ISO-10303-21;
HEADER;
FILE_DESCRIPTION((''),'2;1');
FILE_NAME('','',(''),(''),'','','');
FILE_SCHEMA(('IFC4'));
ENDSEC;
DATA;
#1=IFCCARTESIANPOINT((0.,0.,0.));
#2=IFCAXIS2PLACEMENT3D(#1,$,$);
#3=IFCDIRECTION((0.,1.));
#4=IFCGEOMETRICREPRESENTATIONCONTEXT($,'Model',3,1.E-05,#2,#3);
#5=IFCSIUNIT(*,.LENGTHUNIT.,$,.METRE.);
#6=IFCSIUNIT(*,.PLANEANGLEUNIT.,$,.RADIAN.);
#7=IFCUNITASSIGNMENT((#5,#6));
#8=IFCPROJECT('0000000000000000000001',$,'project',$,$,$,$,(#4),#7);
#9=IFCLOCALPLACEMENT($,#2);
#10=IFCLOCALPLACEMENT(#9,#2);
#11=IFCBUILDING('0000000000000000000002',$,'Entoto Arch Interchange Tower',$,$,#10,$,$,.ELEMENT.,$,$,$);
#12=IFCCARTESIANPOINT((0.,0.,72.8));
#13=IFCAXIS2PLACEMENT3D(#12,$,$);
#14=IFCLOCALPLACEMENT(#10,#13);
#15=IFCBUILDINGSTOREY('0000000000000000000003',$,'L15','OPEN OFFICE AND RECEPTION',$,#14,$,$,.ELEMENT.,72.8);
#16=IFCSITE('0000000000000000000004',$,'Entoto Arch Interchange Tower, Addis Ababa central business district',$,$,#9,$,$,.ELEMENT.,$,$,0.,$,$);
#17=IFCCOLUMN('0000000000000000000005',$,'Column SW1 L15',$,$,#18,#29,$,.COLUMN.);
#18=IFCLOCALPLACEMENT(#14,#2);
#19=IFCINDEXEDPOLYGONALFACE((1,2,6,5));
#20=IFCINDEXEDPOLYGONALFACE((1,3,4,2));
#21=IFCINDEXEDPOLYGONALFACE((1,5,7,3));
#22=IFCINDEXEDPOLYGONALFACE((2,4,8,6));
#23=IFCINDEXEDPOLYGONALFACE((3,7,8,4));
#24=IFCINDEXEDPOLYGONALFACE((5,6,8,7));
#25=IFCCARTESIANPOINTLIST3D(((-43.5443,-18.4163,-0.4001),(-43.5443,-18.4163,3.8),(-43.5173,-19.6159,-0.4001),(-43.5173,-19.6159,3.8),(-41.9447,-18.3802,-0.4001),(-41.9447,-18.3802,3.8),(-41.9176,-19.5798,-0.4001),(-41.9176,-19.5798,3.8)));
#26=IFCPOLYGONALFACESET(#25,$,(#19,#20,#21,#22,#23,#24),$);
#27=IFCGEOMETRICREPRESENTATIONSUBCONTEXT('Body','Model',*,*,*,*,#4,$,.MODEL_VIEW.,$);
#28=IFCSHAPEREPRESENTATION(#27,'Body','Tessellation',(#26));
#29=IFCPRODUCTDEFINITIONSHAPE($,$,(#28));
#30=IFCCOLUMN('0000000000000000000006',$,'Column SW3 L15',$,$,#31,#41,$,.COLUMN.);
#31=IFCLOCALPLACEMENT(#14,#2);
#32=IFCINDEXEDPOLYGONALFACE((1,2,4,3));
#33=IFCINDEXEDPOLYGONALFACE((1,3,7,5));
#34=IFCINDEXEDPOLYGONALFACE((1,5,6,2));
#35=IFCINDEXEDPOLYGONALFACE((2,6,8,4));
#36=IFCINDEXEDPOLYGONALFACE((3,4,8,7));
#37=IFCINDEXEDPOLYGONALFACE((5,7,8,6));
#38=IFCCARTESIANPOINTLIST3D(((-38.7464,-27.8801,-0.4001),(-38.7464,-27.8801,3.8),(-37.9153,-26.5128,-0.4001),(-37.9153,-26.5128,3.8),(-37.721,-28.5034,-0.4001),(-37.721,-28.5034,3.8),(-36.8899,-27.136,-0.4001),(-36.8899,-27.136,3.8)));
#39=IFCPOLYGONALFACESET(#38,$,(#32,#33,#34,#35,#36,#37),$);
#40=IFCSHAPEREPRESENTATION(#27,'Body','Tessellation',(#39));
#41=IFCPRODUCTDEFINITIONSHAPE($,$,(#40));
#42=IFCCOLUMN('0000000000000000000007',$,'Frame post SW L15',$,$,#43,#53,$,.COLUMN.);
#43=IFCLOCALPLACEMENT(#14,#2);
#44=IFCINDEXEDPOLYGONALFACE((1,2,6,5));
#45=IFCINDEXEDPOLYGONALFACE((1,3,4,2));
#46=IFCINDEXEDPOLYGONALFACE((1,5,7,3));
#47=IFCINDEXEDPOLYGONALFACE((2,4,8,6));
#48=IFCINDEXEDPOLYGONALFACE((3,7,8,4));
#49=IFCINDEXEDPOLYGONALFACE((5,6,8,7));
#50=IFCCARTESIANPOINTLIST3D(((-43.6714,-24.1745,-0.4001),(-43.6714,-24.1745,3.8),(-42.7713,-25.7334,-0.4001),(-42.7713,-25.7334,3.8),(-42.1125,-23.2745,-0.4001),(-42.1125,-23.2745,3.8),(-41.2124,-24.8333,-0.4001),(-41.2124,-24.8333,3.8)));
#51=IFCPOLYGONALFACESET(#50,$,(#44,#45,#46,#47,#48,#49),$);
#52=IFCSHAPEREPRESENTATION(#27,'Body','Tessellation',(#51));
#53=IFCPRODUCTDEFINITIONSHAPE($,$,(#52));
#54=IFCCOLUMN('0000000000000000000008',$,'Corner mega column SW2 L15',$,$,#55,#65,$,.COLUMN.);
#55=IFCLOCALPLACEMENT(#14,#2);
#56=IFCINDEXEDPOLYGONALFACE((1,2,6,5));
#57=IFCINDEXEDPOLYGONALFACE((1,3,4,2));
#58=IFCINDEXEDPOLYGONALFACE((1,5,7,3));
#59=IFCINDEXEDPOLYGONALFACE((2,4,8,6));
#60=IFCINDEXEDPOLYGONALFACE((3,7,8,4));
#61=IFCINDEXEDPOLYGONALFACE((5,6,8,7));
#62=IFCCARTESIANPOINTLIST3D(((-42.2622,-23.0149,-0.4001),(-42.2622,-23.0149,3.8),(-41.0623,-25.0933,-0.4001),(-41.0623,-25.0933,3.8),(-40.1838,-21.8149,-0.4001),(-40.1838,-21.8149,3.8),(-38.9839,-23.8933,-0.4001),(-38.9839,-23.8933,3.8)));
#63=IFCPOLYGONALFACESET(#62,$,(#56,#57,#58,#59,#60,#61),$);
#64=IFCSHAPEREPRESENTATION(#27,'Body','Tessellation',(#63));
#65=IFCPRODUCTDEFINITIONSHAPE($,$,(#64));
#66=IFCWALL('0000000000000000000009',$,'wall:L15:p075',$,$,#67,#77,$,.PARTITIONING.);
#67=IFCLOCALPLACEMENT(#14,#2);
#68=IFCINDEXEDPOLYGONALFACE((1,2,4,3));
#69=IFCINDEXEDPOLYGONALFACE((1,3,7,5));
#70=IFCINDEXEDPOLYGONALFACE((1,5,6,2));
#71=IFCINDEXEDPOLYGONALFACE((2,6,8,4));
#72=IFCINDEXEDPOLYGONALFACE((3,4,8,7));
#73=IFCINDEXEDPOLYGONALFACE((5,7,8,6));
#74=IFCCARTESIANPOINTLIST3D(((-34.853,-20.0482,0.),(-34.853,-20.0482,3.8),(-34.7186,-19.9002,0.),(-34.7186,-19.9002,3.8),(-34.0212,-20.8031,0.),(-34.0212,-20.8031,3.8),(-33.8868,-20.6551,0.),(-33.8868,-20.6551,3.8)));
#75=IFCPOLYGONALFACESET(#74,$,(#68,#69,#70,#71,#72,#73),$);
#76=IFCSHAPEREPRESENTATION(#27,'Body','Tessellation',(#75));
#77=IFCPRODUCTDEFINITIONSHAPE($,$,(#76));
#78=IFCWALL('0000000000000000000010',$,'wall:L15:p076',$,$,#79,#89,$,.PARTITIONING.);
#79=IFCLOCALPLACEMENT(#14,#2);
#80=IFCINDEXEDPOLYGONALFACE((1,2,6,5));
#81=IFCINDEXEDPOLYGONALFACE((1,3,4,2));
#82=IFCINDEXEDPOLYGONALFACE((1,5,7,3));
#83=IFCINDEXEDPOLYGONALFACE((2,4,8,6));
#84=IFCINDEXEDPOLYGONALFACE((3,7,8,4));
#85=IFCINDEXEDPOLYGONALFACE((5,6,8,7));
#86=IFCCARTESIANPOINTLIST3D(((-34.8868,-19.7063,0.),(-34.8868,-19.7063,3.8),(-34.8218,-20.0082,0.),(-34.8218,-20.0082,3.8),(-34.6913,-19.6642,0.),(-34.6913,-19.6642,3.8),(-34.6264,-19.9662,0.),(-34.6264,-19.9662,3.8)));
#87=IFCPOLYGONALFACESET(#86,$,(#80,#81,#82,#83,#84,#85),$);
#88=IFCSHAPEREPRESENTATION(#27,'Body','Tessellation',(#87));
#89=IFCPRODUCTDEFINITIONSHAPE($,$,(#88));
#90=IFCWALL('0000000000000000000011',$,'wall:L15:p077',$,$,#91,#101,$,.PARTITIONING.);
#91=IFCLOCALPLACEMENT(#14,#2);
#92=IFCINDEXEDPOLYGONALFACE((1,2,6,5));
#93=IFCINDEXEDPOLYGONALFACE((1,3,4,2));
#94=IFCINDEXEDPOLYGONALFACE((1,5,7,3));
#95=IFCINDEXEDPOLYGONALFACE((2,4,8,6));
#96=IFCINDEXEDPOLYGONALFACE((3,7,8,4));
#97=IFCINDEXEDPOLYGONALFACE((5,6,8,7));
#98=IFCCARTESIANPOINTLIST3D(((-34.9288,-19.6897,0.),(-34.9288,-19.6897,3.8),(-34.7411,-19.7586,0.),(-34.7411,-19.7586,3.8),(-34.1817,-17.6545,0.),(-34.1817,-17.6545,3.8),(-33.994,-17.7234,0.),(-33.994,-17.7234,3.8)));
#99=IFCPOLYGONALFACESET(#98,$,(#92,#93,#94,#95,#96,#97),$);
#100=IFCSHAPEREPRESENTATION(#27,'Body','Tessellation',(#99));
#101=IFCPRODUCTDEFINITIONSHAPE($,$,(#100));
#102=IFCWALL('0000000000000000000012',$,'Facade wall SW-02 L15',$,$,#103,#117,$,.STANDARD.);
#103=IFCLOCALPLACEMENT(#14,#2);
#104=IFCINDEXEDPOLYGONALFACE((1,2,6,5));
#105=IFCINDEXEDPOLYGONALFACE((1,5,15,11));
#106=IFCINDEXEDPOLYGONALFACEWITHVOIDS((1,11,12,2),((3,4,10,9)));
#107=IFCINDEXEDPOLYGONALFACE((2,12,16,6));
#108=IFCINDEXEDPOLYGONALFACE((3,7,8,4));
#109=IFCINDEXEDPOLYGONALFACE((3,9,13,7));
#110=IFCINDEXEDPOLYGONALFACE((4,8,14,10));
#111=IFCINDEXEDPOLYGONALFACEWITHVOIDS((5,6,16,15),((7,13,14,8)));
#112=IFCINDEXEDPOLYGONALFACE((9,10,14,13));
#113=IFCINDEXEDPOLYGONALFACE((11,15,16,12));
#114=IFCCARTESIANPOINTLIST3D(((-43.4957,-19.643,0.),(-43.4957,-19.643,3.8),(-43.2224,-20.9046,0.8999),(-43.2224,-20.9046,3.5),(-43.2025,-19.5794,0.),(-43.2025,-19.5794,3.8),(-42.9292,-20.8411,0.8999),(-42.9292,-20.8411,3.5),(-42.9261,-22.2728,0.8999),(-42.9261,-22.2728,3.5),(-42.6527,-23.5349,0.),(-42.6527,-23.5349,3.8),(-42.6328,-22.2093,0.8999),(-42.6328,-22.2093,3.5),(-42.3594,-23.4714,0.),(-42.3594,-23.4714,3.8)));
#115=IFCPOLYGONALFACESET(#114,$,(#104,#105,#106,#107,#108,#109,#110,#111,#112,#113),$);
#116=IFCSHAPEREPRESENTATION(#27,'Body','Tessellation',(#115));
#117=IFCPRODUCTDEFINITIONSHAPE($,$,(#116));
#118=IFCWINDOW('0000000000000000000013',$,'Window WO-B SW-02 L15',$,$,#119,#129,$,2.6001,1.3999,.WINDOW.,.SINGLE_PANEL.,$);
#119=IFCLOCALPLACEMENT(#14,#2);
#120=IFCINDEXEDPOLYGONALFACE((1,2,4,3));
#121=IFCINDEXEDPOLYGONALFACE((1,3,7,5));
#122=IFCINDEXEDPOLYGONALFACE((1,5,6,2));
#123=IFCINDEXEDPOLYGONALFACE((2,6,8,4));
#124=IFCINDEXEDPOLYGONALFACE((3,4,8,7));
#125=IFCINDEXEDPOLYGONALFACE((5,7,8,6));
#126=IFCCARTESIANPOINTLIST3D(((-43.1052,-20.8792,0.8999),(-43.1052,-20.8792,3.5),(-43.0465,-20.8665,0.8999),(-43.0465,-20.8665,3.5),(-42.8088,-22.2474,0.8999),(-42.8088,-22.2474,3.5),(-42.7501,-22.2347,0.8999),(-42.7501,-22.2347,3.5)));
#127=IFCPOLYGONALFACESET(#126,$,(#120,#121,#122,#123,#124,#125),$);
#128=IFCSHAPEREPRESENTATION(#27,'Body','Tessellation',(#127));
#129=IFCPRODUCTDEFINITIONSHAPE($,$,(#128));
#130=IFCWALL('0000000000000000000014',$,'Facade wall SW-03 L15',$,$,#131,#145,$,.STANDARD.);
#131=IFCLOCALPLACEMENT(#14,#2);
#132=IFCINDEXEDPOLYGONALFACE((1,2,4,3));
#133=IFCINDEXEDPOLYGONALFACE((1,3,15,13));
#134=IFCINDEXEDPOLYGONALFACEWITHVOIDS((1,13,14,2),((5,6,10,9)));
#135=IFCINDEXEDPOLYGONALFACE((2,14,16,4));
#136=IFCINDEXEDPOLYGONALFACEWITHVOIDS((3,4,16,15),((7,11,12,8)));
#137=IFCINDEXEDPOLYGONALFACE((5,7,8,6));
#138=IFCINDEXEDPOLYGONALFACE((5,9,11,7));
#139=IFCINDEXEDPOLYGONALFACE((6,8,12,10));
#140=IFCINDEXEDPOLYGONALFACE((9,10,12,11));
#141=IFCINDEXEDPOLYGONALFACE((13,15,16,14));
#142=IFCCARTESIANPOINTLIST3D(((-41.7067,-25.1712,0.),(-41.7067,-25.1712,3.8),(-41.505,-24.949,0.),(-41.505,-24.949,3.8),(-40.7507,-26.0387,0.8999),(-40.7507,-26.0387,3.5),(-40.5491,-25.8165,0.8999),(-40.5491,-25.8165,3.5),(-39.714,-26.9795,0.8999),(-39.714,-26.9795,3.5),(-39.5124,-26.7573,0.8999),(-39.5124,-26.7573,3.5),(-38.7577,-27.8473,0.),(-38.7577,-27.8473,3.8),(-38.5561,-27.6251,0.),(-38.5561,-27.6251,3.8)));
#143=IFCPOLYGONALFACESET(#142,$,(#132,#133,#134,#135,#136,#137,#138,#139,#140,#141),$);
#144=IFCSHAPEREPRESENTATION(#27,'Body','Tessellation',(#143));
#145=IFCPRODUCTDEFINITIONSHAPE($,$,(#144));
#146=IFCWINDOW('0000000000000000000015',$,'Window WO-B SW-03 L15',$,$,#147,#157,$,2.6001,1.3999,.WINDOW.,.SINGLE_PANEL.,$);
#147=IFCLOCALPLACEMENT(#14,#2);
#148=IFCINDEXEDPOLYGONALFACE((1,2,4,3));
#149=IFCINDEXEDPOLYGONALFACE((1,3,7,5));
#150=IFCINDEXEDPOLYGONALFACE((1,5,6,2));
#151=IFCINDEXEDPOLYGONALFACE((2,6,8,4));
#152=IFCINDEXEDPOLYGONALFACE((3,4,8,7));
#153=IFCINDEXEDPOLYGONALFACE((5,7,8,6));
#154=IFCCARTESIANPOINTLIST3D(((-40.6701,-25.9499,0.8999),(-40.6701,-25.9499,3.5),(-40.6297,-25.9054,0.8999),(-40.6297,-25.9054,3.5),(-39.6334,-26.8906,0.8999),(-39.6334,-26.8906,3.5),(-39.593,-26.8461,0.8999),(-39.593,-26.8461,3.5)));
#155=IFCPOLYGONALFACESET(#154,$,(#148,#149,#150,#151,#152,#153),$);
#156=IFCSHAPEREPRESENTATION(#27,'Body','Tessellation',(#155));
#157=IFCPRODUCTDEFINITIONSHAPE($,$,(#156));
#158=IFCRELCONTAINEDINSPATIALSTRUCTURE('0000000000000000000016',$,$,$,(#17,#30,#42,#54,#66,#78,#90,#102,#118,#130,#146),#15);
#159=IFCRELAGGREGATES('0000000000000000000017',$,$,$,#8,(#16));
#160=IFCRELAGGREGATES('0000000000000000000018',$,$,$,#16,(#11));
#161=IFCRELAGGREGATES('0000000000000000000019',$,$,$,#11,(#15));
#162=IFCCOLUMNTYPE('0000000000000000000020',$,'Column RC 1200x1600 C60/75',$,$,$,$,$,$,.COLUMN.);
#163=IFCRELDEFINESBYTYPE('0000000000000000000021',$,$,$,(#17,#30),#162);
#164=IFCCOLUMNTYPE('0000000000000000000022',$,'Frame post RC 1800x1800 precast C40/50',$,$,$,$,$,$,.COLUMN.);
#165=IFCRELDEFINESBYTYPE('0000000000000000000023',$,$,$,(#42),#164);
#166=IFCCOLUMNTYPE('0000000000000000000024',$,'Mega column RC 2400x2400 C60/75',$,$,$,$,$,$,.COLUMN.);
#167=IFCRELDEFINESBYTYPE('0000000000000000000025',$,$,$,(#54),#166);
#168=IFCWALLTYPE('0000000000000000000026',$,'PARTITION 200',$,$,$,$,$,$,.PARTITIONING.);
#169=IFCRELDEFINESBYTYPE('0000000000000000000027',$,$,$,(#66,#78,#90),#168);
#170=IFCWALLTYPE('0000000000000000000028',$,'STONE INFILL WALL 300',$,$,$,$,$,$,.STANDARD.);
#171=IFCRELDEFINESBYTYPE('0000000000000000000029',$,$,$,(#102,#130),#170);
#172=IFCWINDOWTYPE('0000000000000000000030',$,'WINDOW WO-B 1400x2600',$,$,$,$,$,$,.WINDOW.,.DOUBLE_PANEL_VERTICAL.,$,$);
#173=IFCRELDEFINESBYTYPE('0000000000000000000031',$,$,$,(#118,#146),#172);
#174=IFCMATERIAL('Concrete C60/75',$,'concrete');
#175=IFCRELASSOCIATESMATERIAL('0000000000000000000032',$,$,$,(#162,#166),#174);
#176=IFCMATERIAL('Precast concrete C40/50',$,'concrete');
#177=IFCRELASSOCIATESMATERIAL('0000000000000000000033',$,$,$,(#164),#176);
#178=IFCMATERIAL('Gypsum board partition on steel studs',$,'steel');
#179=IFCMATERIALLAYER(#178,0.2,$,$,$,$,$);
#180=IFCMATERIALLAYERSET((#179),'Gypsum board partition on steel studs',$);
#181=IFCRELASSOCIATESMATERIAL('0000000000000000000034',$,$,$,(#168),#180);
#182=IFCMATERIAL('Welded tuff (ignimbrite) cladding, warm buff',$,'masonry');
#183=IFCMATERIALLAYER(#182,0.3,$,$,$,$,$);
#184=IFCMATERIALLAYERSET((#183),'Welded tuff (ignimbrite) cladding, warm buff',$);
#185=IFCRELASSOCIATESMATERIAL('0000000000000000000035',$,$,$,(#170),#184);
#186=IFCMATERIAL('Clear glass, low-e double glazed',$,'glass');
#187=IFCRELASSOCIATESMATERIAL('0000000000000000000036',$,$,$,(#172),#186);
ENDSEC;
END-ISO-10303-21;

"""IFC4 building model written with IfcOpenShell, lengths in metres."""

from ifc_helpers import new_model, si_unit, direction, frame, frame_2d, origin, origin_2d, place, context, subcontext, project, spatial, rectangle, extrude, material, layer, layer_set, material_profile, profile_set, type_object, element, fill, save


model = new_model("IFC4")

# Units and contexts
model_context = context("Model", 3, precision=1e-05, world=origin(), true_north=direction((0.0, 1.0)))
body_context = subcontext(model_context, "Body", "Model", "MODEL_VIEW")
ifc_project = project(units=[si_unit("LENGTHUNIT", "METRE"), si_unit("PLANEANGLEUNIT", "RADIAN")], contexts=[model_context])

# Site, building, storey
site_placement = place(None, origin())
site = spatial("IfcSite", under=ifc_project, at=site_placement, Name="Entoto Arch Interchange Tower, Addis Ababa central business district", CompositionType="ELEMENT", RefElevation=0.0)
building_placement = place(site_placement, origin())
building = spatial("IfcBuilding", under=site, at=building_placement, Name="Entoto Arch Interchange Tower", CompositionType="ELEMENT")
storey_placement = place(building_placement, frame((0.0, 0.0, 72.8)))
storey = spatial("IfcBuildingStorey", under=building, at=storey_placement, Name="L15", Description="OPEN OFFICE AND RECEPTION", CompositionType="ELEMENT", Elevation=72.8)

# Columns
ifc_material_1 = material(Name="Concrete C60/75", Category="concrete")
ifc_material_profile_1 = material_profile(ifc_material_1, rectangle(XDim=1.2, YDim=1.6001, at=origin_2d()))
ifc_profile_set_1 = profile_set([ifc_material_profile_1], Name="Concrete C60/75")
column_type_1 = type_object("IfcColumnType", Name="Column RC 1200x1600 C60/75", PredefinedType="COLUMN", material=ifc_profile_set_1)
for number, where, z_axis, x_axis, name in (
    (1, (-42.731, -18.998, -0.4001), (0.0, 0.0, 1.0), (-0.022565, 0.999745, 0.0), "Column SW1 L15"),
    (2, (-37.8181, -27.5081, -0.4001), (0.0, 0.0, 1.0), (-0.854522, 0.519415, 0.0), "Column SW3 L15"),
):
    element("IfcColumn", number, at=place(storey_placement, frame(where, z_axis=z_axis, x_axis=x_axis)), inside=storey, type_object=column_type_1, Name=name, PredefinedType="COLUMN", context=body_context, shape_type="SweptSolid", body=[
        extrude(rectangle(XDim=1.2, YDim=1.6001, at=origin_2d()), origin(), (0.0, 0.0, 1.0), 4.2002),
    ])
ifc_material_2 = material(Name="Precast concrete C40/50", Category="concrete")
ifc_material_profile_2 = material_profile(ifc_material_2, rectangle(XDim=1.8, YDim=1.8, at=origin_2d()))
ifc_profile_set_2 = profile_set([ifc_material_profile_2], Name="Precast concrete C40/50")
column_type_2 = type_object("IfcColumnType", Name="Frame post RC 1800x1800 precast C40/50", PredefinedType="COLUMN", material=ifc_profile_set_2)
column_1_placement = place(storey_placement, frame((-42.4419, -24.5039, -0.4001), z_axis=(0.0, 0.0, 1.0), x_axis=(0.866025, 0.5, 0.0)))
element("IfcColumn", 3, at=column_1_placement, inside=storey, type_object=column_type_2, Name="Frame post SW L15", PredefinedType="COLUMN", context=body_context, shape_type="SweptSolid", body=[
    extrude(rectangle(XDim=1.8, YDim=1.8, at=origin_2d()), origin(), (0.0, 0.0, 1.0), 4.2002),
])
ifc_material_profile_3 = material_profile(ifc_material_1, rectangle(XDim=2.3999, YDim=2.3999, at=origin_2d()))
ifc_profile_set_3 = profile_set([ifc_material_profile_3], Name="Concrete C60/75")
column_type_3 = type_object("IfcColumnType", Name="Mega column RC 2400x2400 C60/75", PredefinedType="COLUMN", material=ifc_profile_set_3)
column_2_placement = place(storey_placement, frame((-40.623, -23.4541, -0.4001), z_axis=(0.0, 0.0, 1.0), x_axis=(0.866025, 0.5, 0.0)))
element("IfcColumn", 4, at=column_2_placement, inside=storey, type_object=column_type_3, Name="Corner mega column SW2 L15", PredefinedType="COLUMN", context=body_context, shape_type="SweptSolid", body=[
    extrude(rectangle(XDim=2.3999, YDim=2.3999, at=origin_2d()), origin(), (0.0, 0.0, 1.0), 4.2002),
])

# Walls
ifc_material_3 = material(Name="Gypsum board partition on steel studs", Category="steel")
ifc_layer_1 = layer(ifc_material_3, 0.2)
ifc_layer_set_1 = layer_set([ifc_layer_1], Name="Gypsum board partition on steel studs")
wall_type_1 = type_object("IfcWallType", Name="PARTITION 200", PredefinedType="PARTITIONING", material=ifc_layer_set_1)
wall_1_placement = place(storey_placement, frame((-33.9541, -20.729, 0.0), z_axis=(0.0, 0.0, 1.0), x_axis=(-0.74051, 0.672045, 0.0)))
element("IfcWall", 5, at=wall_1_placement, inside=storey, type_object=wall_type_1, Name="wall:L15:p075", PredefinedType="PARTITIONING", context=body_context, shape_type="SweptSolid", body=[
    extrude(rectangle(XDim=1.1233, YDim=0.2, at=frame_2d((0.5615, 0.0))), origin(), (0.0, 0.0, 1.0), 3.8),
])
wall_2_placement = place(storey_placement, frame((-34.7241, -19.9871, 0.0), z_axis=(0.0, 0.0, 1.0), x_axis=(-0.210231, 0.977652, 0.0)))
element("IfcWall", 6, at=wall_2_placement, inside=storey, type_object=wall_type_1, Name="wall:L15:p076", PredefinedType="PARTITIONING", context=body_context, shape_type="SweptSolid", body=[
    extrude(rectangle(XDim=0.3088, YDim=0.2, at=frame_2d((0.1543, 0.0))), origin(), (0.0, 0.0, 1.0), 3.8),
])
wall_3_placement = place(storey_placement, frame((-34.835, -19.7241, 0.0), z_axis=(0.0, 0.0, 1.0), x_axis=(0.344599, 0.93875, 0.0)))
element("IfcWall", 7, at=wall_3_placement, inside=storey, type_object=wall_type_1, Name="wall:L15:p077", PredefinedType="PARTITIONING", context=body_context, shape_type="SweptSolid", body=[
    extrude(rectangle(XDim=2.168, YDim=0.2, at=frame_2d((1.084, 0.0))), origin(), (0.0, 0.0, 1.0), 3.8),
])

# Walls, openings, windows
ifc_material_4 = material(Name="Welded tuff (ignimbrite) cladding, warm buff", Category="masonry")
ifc_layer_2 = layer(ifc_material_4, 0.3)
ifc_layer_set_2 = layer_set([ifc_layer_2], Name="Welded tuff (ignimbrite) cladding, warm buff")
wall_type_2 = type_object("IfcWallType", Name="STONE INFILL WALL 300", PredefinedType="STANDARD", material=ifc_layer_set_2)
wall_4_placement = place(storey_placement, frame((-43.3491, -19.6111, 0.0), z_axis=(0.0, 0.0, 1.0), x_axis=(0.211702, -0.977334, 0.0)))
wall_4 = element("IfcWall", 8, at=wall_4_placement, inside=storey, type_object=wall_type_2, Name="Facade wall SW-02 L15", PredefinedType="STANDARD", context=body_context, shape_type="SweptSolid", body=[
    extrude(rectangle(XDim=3.9822, YDim=0.3, at=frame_2d((1.9912, 0.0))), origin(), (0.0, 0.0, 1.0), 3.8),
])
opening_1_placement = place(wall_4_placement, frame((1.291, 0.0, 0.8999)))
opening_1 = element("IfcOpeningElement", 9, at=opening_1_placement, cuts=wall_4, PredefinedType="OPENING", context=body_context, shape_type="SweptSolid", body=[
    extrude(rectangle(XDim=1.3999, YDim=2.6001, at=frame_2d((0.7, 1.3))), frame((0.0, 0.1602, 0.0), z_axis=(0.0, -1.0, 0.0), x_axis=(1.0, 0.0, 0.0)), (0.0, 0.0, 1.0), 0.3201),
])
ifc_material_5 = material(Name="Clear glass, low-e double glazed", Category="glass")
window_type = type_object("IfcWindowType", Name="WINDOW WO-B 1400x2600", PartitioningType="DOUBLE_PANEL_VERTICAL", PredefinedType="WINDOW", material=ifc_material_5)
window_1_placement = place(opening_1_placement, origin())
window_1 = element("IfcWindow", 10, at=window_1_placement, inside=storey, type_object=window_type, Name="Window WO-B SW-02 L15", OverallHeight=2.6001, OverallWidth=1.3999, PartitioningType="SINGLE_PANEL", PredefinedType="WINDOW", context=body_context, shape_type="SweptSolid", body=[
    extrude(rectangle(XDim=1.3999, YDim=2.6001, at=frame_2d((0.7, 1.3))), frame((0.0, 0.03, 0.0), z_axis=(0.0, -1.0, 0.0), x_axis=(1.0, 0.0, 0.0)), (0.0, 0.0, 1.0), 0.0601),
])
fill(opening_1, window_1)
wall_5_placement = place(storey_placement, frame((-41.606, -25.0601, 0.0), z_axis=(0.0, 0.0, 1.0), x_axis=(0.740547, -0.672004, 0.0)))
wall_5 = element("IfcWall", 11, at=wall_5_placement, inside=storey, type_object=wall_type_2, Name="Facade wall SW-03 L15", PredefinedType="STANDARD", context=body_context, shape_type="SweptSolid", body=[
    extrude(rectangle(XDim=3.9822, YDim=0.3, at=frame_2d((1.9912, 0.0))), origin(), (0.0, 0.0, 1.0), 3.8),
])
opening_2_placement = place(wall_5_placement, frame((1.291, 0.0, 0.8999)))
opening_2 = element("IfcOpeningElement", 12, at=opening_2_placement, cuts=wall_5, PredefinedType="OPENING", context=body_context, shape_type="SweptSolid", body=[
    extrude(rectangle(XDim=1.3999, YDim=2.6001, at=frame_2d((0.7, 1.3))), frame((0.0, 0.1602, 0.0), z_axis=(0.0, -1.0, 0.0), x_axis=(1.0, 0.0, 0.0)), (0.0, 0.0, 1.0), 0.3201),
])
window_2_placement = place(opening_2_placement, origin())
window_2 = element("IfcWindow", 13, at=window_2_placement, inside=storey, type_object=window_type, Name="Window WO-B SW-03 L15", OverallHeight=2.6001, OverallWidth=1.3999, PartitioningType="SINGLE_PANEL", PredefinedType="WINDOW", context=body_context, shape_type="SweptSolid", body=[
    extrude(rectangle(XDim=1.3999, YDim=2.6001, at=frame_2d((0.7, 1.3))), frame((0.0, 0.03, 0.0), z_axis=(0.0, -1.0, 0.0), x_axis=(1.0, 0.0, 0.0)), (0.0, 0.0, 1.0), 0.0601),
])
fill(opening_2, window_2)

save(model, "model.ifc")
